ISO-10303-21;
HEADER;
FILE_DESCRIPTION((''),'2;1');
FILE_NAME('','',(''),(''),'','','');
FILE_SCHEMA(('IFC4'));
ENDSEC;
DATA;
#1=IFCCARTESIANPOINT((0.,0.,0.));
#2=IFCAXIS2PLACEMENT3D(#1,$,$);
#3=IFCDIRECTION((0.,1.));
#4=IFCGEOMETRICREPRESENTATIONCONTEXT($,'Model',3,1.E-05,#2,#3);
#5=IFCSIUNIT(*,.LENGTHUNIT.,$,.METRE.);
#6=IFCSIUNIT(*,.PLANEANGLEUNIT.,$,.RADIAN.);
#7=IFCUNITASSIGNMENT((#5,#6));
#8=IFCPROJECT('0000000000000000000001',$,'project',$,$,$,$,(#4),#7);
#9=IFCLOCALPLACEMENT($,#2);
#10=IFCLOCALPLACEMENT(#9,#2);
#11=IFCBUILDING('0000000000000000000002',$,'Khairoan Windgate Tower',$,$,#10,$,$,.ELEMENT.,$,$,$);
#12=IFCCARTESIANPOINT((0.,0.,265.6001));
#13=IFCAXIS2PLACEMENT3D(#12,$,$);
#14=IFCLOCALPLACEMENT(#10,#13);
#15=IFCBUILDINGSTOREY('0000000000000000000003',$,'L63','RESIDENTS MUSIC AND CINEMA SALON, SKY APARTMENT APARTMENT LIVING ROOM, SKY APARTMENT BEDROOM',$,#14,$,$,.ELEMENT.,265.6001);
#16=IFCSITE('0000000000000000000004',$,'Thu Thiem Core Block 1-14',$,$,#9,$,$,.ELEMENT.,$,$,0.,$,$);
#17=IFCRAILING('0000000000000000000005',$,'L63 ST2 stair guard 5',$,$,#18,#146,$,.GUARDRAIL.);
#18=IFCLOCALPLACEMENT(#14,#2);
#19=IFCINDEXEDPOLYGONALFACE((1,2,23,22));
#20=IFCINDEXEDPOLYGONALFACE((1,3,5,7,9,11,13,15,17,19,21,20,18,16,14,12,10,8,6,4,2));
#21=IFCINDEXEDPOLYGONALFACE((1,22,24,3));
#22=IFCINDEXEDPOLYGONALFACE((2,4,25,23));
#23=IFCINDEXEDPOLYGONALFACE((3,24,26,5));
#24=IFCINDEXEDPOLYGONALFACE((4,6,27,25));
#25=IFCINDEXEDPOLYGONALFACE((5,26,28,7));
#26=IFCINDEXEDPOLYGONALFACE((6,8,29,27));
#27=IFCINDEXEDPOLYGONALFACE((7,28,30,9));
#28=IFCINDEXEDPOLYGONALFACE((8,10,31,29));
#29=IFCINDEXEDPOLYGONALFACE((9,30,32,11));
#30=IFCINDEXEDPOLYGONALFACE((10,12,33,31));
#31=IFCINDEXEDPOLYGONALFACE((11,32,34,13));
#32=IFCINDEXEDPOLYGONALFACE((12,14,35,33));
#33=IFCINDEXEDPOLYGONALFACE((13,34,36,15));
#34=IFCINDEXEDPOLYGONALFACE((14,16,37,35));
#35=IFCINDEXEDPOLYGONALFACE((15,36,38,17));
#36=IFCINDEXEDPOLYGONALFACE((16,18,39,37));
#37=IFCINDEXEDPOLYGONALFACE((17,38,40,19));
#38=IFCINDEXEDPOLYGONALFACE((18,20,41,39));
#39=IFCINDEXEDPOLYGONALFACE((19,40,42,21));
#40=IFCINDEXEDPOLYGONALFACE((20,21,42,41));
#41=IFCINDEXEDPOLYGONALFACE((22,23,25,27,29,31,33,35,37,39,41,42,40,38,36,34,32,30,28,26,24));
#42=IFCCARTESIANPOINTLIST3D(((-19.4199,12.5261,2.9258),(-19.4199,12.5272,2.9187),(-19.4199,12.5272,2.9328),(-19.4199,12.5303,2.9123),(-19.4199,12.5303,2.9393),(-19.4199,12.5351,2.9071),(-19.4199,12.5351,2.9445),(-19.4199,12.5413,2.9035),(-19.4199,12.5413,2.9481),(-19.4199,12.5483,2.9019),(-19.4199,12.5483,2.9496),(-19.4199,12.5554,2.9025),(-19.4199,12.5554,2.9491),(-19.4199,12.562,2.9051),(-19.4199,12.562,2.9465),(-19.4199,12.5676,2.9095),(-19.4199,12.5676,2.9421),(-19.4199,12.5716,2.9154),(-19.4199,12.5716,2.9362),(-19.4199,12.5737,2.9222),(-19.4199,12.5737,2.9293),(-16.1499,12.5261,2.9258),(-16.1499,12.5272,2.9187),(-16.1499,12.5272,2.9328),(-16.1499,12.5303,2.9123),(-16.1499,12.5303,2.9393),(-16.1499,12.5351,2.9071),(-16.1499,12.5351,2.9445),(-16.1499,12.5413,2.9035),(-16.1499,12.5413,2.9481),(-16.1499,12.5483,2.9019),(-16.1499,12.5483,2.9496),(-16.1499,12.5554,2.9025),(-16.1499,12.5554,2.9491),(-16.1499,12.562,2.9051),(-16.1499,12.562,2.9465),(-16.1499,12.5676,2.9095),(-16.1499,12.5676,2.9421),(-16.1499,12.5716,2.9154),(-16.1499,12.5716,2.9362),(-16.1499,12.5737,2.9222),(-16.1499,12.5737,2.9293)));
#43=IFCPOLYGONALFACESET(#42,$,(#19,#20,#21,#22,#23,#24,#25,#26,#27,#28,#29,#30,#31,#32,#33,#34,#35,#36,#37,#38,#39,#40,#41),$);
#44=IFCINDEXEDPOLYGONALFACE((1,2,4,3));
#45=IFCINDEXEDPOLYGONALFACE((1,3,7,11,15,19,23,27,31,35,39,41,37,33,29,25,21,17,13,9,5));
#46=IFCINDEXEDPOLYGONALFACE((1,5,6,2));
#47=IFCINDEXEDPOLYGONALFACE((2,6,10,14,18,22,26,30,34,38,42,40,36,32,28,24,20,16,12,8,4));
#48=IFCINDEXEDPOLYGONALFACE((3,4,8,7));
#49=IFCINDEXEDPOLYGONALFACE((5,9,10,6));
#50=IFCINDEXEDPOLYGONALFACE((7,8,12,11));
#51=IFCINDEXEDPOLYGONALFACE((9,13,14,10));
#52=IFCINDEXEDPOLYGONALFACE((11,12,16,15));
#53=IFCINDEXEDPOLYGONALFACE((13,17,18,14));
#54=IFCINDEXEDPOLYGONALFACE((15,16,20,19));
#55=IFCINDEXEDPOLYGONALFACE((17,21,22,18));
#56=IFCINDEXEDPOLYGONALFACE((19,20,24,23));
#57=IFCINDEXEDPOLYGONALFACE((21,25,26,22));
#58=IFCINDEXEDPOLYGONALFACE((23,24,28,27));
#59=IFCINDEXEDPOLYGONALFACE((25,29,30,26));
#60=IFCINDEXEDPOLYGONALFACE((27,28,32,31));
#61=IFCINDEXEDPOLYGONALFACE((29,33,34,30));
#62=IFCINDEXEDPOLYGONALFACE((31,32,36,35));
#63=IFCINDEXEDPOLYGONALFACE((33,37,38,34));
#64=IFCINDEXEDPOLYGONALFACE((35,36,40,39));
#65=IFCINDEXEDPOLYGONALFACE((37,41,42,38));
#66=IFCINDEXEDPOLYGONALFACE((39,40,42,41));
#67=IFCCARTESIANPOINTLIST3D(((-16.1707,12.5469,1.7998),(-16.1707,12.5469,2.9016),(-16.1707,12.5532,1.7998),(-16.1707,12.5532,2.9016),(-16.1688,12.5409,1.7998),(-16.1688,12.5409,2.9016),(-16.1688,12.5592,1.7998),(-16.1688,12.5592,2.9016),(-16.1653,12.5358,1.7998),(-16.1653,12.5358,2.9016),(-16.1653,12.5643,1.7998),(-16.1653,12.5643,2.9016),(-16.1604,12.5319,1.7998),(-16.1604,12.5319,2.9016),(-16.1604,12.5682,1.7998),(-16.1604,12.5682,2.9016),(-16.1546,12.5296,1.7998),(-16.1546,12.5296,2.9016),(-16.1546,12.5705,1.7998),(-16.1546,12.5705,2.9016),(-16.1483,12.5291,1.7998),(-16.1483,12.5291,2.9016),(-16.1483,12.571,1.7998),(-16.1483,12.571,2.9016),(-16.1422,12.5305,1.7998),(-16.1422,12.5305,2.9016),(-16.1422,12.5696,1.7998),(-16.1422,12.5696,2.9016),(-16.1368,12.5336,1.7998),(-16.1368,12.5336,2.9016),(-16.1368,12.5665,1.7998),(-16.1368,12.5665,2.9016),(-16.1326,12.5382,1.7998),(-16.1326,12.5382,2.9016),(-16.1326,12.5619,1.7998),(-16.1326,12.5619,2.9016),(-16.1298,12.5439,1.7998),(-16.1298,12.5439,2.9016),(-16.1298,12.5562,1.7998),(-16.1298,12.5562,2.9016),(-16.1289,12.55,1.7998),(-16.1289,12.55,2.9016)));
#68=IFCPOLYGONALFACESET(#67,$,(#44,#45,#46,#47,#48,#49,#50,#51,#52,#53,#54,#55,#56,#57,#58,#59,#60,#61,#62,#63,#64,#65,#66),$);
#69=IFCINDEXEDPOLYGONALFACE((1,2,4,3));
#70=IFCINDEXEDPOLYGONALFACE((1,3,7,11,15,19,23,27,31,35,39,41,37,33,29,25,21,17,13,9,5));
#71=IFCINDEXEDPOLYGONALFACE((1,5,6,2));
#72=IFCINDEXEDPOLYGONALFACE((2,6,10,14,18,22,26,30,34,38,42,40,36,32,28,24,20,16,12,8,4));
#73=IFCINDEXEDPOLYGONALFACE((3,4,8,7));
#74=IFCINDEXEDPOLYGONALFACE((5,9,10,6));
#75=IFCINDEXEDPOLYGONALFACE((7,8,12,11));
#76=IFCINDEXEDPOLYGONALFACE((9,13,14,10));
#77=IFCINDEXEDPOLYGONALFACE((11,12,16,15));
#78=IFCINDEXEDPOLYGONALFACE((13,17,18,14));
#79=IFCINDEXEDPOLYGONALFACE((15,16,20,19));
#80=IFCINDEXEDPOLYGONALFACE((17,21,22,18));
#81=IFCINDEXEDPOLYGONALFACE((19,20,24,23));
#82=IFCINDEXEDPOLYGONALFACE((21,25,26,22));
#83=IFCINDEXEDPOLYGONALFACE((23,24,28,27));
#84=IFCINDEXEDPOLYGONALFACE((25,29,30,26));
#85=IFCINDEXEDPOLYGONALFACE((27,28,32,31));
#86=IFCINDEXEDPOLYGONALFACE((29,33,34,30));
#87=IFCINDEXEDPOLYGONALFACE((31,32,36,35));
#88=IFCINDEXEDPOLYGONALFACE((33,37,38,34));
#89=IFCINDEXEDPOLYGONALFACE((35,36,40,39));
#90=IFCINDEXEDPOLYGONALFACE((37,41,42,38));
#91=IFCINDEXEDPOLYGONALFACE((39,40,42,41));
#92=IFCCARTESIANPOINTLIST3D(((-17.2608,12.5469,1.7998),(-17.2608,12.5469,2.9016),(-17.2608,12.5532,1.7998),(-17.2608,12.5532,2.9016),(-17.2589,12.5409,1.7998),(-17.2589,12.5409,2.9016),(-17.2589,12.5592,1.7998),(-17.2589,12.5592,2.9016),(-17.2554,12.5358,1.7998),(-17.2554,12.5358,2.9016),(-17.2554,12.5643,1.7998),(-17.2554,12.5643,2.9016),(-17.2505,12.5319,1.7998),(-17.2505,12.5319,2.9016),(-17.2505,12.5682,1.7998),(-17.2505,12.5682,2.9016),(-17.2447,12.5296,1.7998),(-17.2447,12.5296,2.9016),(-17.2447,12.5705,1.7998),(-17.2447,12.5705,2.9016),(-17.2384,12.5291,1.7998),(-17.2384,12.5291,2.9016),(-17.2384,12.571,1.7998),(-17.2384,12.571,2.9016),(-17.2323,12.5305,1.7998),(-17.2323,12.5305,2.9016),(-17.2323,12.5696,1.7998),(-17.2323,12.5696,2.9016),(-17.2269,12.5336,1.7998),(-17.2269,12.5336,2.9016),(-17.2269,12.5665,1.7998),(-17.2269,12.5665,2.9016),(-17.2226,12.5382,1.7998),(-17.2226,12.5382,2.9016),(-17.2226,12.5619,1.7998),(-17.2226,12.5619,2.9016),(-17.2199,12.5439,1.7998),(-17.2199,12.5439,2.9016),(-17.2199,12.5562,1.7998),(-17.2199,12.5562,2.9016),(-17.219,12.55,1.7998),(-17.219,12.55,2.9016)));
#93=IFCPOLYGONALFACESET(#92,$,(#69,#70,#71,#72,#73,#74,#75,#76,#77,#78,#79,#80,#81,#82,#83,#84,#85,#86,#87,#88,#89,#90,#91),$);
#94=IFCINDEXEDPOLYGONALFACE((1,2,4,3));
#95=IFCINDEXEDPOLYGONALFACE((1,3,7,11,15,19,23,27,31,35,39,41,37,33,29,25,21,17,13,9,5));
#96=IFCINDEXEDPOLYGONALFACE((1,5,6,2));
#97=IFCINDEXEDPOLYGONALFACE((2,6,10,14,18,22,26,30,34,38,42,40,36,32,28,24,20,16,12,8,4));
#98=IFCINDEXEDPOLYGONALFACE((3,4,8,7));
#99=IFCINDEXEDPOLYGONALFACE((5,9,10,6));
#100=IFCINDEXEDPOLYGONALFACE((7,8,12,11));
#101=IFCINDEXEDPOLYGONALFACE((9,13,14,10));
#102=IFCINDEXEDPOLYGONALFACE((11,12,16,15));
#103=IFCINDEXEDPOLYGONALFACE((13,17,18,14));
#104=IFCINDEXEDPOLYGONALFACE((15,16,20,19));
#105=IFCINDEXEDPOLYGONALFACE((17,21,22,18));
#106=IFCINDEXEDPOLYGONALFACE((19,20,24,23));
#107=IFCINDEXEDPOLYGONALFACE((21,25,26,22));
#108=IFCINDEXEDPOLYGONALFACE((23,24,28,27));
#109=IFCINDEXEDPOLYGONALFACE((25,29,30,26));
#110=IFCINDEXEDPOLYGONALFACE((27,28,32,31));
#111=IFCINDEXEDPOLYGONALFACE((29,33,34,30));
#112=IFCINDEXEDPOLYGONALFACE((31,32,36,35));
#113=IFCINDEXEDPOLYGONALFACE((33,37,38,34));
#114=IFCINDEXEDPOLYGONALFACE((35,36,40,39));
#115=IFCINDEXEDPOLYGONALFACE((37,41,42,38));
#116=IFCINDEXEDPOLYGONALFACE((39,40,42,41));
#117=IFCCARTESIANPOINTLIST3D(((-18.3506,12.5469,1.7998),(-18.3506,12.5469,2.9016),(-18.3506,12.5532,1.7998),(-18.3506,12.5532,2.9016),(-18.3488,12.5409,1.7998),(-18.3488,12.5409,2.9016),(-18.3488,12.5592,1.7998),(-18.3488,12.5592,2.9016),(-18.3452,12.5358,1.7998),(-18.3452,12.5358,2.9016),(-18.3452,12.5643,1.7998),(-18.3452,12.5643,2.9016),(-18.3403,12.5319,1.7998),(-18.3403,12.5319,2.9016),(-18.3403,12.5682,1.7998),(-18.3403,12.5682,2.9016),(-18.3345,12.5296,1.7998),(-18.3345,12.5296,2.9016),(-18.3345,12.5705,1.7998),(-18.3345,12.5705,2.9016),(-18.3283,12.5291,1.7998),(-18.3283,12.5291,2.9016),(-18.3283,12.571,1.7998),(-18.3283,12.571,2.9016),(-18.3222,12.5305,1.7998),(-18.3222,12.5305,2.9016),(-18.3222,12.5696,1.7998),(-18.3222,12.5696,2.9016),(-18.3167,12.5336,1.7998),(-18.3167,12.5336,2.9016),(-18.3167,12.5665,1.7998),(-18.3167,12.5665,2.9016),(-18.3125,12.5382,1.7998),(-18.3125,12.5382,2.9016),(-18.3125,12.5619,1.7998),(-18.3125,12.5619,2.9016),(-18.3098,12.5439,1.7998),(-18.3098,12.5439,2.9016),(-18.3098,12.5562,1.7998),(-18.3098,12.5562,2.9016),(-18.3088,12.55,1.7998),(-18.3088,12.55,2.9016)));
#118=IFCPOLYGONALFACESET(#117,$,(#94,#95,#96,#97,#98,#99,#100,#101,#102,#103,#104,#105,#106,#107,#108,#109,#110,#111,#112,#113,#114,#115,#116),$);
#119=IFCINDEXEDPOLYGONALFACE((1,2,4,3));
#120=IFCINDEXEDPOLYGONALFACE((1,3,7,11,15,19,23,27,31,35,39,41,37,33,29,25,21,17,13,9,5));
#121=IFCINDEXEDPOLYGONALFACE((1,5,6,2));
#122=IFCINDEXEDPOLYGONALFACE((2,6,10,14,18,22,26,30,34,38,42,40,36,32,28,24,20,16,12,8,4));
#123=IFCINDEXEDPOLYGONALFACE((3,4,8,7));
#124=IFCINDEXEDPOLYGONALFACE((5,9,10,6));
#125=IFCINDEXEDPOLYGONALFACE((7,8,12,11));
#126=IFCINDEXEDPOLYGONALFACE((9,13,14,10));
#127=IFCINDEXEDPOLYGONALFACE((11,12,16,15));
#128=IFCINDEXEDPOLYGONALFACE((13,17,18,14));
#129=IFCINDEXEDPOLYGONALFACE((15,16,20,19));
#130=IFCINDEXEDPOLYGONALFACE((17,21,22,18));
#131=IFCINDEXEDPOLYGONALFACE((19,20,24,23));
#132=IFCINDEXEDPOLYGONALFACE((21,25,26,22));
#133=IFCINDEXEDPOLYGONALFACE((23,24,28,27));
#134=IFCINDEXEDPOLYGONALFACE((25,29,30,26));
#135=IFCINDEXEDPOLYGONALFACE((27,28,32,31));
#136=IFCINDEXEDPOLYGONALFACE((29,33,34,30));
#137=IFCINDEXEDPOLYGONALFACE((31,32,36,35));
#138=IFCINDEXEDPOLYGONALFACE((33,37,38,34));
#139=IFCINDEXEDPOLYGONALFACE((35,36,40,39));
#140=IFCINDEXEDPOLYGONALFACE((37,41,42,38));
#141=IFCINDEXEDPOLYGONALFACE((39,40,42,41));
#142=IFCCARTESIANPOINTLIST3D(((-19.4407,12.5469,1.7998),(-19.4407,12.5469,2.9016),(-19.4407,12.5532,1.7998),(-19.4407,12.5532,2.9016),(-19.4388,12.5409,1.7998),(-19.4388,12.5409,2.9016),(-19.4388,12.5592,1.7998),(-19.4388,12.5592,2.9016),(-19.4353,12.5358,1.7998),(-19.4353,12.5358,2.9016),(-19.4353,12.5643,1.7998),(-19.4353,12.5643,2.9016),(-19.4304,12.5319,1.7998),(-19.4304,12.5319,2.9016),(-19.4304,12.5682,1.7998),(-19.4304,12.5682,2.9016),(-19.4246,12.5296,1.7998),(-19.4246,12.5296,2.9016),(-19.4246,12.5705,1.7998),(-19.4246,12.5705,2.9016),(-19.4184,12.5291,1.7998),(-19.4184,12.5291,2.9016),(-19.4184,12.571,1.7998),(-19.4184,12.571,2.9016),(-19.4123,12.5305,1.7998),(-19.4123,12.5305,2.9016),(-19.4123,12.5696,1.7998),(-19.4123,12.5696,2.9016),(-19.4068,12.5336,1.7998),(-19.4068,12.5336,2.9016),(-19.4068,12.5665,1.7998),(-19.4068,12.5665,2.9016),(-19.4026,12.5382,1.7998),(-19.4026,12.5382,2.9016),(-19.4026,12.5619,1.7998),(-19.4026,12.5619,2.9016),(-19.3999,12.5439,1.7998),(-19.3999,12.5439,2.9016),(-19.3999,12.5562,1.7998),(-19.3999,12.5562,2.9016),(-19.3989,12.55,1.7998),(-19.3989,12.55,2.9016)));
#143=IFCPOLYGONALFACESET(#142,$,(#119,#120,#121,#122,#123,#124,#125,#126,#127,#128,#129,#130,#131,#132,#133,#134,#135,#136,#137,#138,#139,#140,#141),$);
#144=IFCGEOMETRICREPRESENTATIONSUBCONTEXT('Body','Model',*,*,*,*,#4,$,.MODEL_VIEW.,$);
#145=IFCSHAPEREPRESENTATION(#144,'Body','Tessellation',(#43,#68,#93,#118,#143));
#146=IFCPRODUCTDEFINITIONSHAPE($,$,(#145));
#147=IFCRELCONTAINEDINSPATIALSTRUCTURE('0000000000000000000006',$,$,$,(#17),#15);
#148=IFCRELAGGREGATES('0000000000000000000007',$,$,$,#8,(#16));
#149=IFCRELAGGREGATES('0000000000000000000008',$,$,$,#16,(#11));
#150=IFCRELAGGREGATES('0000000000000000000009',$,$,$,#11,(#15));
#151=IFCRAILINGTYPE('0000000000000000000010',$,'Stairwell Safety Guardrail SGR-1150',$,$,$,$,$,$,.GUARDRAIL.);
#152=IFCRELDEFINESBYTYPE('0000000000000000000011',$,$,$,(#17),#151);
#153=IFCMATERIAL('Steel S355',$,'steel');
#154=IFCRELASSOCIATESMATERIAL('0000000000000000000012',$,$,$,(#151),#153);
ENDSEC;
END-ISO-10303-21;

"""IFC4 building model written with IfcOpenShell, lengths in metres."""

from ifc_helpers import new_model, si_unit, direction, frame, origin, origin_2d, place, context, subcontext, project, spatial, circle, extrude, material, type_object, element, save


model = new_model("IFC4")

# Units and contexts
model_context = context("Model", 3, precision=1e-05, world=origin(), true_north=direction((0.0, 1.0)))
body_context = subcontext(model_context, "Body", "Model", "MODEL_VIEW")
ifc_project = project(units=[si_unit("LENGTHUNIT", "METRE"), si_unit("PLANEANGLEUNIT", "RADIAN")], contexts=[model_context])

# Site, building, storey
site_placement = place(None, origin())
site = spatial("IfcSite", under=ifc_project, at=site_placement, Name="Thu Thiem Core Block 1-14", CompositionType="ELEMENT", RefElevation=0.0)
building_placement = place(site_placement, origin())
building = spatial("IfcBuilding", under=site, at=building_placement, Name="Khairoan Windgate Tower", CompositionType="ELEMENT")
storey_placement = place(building_placement, frame((0.0, 0.0, 265.6001)))
storey = spatial("IfcBuildingStorey", under=building, at=storey_placement, Name="L63", Description="RESIDENTS MUSIC AND CINEMA SALON, SKY APARTMENT APARTMENT LIVING ROOM, SKY APARTMENT BEDROOM", CompositionType="ELEMENT", Elevation=265.6001)

# Railing
ifc_material_1 = material(Name="Steel S355", Category="steel")
railing_type = type_object("IfcRailingType", Name="Stairwell Safety Guardrail SGR-1150", PredefinedType="GUARDRAIL", material=ifc_material_1)
railing_1_placement = place(storey_placement, frame((-16.1499, 12.55, 1.7998)))
element("IfcRailing", 1, at=railing_1_placement, inside=storey, type_object=railing_type, Name="L63 ST2 stair guard 5", PredefinedType="GUARDRAIL", context=body_context, shape_type="SweptSolid", body=[
    extrude(circle(Radius=0.0239, at=origin_2d()), frame((0.0, 0.0, 1.126), z_axis=(-1.0, 0.0, 0.0), x_axis=(0.0, -1.0, 0.0)), (0.0, 0.0, 1.0), 3.27),
    extrude(circle(Radius=0.021, at=origin_2d()), origin(), (0.0, 0.0, 1.0), 1.1018),
    extrude(circle(Radius=0.021, at=origin_2d()), frame((-1.0901, 0.0, 0.0)), (0.0, 0.0, 1.0), 1.1018),
    extrude(circle(Radius=0.021, at=origin_2d()), frame((-2.1799, 0.0, 0.0)), (0.0, 0.0, 1.0), 1.1018),
    extrude(circle(Radius=0.021, at=origin_2d()), frame((-3.27, 0.0, 0.0)), (0.0, 0.0, 1.0), 1.1018),
])

save(model, "model.ifc")
